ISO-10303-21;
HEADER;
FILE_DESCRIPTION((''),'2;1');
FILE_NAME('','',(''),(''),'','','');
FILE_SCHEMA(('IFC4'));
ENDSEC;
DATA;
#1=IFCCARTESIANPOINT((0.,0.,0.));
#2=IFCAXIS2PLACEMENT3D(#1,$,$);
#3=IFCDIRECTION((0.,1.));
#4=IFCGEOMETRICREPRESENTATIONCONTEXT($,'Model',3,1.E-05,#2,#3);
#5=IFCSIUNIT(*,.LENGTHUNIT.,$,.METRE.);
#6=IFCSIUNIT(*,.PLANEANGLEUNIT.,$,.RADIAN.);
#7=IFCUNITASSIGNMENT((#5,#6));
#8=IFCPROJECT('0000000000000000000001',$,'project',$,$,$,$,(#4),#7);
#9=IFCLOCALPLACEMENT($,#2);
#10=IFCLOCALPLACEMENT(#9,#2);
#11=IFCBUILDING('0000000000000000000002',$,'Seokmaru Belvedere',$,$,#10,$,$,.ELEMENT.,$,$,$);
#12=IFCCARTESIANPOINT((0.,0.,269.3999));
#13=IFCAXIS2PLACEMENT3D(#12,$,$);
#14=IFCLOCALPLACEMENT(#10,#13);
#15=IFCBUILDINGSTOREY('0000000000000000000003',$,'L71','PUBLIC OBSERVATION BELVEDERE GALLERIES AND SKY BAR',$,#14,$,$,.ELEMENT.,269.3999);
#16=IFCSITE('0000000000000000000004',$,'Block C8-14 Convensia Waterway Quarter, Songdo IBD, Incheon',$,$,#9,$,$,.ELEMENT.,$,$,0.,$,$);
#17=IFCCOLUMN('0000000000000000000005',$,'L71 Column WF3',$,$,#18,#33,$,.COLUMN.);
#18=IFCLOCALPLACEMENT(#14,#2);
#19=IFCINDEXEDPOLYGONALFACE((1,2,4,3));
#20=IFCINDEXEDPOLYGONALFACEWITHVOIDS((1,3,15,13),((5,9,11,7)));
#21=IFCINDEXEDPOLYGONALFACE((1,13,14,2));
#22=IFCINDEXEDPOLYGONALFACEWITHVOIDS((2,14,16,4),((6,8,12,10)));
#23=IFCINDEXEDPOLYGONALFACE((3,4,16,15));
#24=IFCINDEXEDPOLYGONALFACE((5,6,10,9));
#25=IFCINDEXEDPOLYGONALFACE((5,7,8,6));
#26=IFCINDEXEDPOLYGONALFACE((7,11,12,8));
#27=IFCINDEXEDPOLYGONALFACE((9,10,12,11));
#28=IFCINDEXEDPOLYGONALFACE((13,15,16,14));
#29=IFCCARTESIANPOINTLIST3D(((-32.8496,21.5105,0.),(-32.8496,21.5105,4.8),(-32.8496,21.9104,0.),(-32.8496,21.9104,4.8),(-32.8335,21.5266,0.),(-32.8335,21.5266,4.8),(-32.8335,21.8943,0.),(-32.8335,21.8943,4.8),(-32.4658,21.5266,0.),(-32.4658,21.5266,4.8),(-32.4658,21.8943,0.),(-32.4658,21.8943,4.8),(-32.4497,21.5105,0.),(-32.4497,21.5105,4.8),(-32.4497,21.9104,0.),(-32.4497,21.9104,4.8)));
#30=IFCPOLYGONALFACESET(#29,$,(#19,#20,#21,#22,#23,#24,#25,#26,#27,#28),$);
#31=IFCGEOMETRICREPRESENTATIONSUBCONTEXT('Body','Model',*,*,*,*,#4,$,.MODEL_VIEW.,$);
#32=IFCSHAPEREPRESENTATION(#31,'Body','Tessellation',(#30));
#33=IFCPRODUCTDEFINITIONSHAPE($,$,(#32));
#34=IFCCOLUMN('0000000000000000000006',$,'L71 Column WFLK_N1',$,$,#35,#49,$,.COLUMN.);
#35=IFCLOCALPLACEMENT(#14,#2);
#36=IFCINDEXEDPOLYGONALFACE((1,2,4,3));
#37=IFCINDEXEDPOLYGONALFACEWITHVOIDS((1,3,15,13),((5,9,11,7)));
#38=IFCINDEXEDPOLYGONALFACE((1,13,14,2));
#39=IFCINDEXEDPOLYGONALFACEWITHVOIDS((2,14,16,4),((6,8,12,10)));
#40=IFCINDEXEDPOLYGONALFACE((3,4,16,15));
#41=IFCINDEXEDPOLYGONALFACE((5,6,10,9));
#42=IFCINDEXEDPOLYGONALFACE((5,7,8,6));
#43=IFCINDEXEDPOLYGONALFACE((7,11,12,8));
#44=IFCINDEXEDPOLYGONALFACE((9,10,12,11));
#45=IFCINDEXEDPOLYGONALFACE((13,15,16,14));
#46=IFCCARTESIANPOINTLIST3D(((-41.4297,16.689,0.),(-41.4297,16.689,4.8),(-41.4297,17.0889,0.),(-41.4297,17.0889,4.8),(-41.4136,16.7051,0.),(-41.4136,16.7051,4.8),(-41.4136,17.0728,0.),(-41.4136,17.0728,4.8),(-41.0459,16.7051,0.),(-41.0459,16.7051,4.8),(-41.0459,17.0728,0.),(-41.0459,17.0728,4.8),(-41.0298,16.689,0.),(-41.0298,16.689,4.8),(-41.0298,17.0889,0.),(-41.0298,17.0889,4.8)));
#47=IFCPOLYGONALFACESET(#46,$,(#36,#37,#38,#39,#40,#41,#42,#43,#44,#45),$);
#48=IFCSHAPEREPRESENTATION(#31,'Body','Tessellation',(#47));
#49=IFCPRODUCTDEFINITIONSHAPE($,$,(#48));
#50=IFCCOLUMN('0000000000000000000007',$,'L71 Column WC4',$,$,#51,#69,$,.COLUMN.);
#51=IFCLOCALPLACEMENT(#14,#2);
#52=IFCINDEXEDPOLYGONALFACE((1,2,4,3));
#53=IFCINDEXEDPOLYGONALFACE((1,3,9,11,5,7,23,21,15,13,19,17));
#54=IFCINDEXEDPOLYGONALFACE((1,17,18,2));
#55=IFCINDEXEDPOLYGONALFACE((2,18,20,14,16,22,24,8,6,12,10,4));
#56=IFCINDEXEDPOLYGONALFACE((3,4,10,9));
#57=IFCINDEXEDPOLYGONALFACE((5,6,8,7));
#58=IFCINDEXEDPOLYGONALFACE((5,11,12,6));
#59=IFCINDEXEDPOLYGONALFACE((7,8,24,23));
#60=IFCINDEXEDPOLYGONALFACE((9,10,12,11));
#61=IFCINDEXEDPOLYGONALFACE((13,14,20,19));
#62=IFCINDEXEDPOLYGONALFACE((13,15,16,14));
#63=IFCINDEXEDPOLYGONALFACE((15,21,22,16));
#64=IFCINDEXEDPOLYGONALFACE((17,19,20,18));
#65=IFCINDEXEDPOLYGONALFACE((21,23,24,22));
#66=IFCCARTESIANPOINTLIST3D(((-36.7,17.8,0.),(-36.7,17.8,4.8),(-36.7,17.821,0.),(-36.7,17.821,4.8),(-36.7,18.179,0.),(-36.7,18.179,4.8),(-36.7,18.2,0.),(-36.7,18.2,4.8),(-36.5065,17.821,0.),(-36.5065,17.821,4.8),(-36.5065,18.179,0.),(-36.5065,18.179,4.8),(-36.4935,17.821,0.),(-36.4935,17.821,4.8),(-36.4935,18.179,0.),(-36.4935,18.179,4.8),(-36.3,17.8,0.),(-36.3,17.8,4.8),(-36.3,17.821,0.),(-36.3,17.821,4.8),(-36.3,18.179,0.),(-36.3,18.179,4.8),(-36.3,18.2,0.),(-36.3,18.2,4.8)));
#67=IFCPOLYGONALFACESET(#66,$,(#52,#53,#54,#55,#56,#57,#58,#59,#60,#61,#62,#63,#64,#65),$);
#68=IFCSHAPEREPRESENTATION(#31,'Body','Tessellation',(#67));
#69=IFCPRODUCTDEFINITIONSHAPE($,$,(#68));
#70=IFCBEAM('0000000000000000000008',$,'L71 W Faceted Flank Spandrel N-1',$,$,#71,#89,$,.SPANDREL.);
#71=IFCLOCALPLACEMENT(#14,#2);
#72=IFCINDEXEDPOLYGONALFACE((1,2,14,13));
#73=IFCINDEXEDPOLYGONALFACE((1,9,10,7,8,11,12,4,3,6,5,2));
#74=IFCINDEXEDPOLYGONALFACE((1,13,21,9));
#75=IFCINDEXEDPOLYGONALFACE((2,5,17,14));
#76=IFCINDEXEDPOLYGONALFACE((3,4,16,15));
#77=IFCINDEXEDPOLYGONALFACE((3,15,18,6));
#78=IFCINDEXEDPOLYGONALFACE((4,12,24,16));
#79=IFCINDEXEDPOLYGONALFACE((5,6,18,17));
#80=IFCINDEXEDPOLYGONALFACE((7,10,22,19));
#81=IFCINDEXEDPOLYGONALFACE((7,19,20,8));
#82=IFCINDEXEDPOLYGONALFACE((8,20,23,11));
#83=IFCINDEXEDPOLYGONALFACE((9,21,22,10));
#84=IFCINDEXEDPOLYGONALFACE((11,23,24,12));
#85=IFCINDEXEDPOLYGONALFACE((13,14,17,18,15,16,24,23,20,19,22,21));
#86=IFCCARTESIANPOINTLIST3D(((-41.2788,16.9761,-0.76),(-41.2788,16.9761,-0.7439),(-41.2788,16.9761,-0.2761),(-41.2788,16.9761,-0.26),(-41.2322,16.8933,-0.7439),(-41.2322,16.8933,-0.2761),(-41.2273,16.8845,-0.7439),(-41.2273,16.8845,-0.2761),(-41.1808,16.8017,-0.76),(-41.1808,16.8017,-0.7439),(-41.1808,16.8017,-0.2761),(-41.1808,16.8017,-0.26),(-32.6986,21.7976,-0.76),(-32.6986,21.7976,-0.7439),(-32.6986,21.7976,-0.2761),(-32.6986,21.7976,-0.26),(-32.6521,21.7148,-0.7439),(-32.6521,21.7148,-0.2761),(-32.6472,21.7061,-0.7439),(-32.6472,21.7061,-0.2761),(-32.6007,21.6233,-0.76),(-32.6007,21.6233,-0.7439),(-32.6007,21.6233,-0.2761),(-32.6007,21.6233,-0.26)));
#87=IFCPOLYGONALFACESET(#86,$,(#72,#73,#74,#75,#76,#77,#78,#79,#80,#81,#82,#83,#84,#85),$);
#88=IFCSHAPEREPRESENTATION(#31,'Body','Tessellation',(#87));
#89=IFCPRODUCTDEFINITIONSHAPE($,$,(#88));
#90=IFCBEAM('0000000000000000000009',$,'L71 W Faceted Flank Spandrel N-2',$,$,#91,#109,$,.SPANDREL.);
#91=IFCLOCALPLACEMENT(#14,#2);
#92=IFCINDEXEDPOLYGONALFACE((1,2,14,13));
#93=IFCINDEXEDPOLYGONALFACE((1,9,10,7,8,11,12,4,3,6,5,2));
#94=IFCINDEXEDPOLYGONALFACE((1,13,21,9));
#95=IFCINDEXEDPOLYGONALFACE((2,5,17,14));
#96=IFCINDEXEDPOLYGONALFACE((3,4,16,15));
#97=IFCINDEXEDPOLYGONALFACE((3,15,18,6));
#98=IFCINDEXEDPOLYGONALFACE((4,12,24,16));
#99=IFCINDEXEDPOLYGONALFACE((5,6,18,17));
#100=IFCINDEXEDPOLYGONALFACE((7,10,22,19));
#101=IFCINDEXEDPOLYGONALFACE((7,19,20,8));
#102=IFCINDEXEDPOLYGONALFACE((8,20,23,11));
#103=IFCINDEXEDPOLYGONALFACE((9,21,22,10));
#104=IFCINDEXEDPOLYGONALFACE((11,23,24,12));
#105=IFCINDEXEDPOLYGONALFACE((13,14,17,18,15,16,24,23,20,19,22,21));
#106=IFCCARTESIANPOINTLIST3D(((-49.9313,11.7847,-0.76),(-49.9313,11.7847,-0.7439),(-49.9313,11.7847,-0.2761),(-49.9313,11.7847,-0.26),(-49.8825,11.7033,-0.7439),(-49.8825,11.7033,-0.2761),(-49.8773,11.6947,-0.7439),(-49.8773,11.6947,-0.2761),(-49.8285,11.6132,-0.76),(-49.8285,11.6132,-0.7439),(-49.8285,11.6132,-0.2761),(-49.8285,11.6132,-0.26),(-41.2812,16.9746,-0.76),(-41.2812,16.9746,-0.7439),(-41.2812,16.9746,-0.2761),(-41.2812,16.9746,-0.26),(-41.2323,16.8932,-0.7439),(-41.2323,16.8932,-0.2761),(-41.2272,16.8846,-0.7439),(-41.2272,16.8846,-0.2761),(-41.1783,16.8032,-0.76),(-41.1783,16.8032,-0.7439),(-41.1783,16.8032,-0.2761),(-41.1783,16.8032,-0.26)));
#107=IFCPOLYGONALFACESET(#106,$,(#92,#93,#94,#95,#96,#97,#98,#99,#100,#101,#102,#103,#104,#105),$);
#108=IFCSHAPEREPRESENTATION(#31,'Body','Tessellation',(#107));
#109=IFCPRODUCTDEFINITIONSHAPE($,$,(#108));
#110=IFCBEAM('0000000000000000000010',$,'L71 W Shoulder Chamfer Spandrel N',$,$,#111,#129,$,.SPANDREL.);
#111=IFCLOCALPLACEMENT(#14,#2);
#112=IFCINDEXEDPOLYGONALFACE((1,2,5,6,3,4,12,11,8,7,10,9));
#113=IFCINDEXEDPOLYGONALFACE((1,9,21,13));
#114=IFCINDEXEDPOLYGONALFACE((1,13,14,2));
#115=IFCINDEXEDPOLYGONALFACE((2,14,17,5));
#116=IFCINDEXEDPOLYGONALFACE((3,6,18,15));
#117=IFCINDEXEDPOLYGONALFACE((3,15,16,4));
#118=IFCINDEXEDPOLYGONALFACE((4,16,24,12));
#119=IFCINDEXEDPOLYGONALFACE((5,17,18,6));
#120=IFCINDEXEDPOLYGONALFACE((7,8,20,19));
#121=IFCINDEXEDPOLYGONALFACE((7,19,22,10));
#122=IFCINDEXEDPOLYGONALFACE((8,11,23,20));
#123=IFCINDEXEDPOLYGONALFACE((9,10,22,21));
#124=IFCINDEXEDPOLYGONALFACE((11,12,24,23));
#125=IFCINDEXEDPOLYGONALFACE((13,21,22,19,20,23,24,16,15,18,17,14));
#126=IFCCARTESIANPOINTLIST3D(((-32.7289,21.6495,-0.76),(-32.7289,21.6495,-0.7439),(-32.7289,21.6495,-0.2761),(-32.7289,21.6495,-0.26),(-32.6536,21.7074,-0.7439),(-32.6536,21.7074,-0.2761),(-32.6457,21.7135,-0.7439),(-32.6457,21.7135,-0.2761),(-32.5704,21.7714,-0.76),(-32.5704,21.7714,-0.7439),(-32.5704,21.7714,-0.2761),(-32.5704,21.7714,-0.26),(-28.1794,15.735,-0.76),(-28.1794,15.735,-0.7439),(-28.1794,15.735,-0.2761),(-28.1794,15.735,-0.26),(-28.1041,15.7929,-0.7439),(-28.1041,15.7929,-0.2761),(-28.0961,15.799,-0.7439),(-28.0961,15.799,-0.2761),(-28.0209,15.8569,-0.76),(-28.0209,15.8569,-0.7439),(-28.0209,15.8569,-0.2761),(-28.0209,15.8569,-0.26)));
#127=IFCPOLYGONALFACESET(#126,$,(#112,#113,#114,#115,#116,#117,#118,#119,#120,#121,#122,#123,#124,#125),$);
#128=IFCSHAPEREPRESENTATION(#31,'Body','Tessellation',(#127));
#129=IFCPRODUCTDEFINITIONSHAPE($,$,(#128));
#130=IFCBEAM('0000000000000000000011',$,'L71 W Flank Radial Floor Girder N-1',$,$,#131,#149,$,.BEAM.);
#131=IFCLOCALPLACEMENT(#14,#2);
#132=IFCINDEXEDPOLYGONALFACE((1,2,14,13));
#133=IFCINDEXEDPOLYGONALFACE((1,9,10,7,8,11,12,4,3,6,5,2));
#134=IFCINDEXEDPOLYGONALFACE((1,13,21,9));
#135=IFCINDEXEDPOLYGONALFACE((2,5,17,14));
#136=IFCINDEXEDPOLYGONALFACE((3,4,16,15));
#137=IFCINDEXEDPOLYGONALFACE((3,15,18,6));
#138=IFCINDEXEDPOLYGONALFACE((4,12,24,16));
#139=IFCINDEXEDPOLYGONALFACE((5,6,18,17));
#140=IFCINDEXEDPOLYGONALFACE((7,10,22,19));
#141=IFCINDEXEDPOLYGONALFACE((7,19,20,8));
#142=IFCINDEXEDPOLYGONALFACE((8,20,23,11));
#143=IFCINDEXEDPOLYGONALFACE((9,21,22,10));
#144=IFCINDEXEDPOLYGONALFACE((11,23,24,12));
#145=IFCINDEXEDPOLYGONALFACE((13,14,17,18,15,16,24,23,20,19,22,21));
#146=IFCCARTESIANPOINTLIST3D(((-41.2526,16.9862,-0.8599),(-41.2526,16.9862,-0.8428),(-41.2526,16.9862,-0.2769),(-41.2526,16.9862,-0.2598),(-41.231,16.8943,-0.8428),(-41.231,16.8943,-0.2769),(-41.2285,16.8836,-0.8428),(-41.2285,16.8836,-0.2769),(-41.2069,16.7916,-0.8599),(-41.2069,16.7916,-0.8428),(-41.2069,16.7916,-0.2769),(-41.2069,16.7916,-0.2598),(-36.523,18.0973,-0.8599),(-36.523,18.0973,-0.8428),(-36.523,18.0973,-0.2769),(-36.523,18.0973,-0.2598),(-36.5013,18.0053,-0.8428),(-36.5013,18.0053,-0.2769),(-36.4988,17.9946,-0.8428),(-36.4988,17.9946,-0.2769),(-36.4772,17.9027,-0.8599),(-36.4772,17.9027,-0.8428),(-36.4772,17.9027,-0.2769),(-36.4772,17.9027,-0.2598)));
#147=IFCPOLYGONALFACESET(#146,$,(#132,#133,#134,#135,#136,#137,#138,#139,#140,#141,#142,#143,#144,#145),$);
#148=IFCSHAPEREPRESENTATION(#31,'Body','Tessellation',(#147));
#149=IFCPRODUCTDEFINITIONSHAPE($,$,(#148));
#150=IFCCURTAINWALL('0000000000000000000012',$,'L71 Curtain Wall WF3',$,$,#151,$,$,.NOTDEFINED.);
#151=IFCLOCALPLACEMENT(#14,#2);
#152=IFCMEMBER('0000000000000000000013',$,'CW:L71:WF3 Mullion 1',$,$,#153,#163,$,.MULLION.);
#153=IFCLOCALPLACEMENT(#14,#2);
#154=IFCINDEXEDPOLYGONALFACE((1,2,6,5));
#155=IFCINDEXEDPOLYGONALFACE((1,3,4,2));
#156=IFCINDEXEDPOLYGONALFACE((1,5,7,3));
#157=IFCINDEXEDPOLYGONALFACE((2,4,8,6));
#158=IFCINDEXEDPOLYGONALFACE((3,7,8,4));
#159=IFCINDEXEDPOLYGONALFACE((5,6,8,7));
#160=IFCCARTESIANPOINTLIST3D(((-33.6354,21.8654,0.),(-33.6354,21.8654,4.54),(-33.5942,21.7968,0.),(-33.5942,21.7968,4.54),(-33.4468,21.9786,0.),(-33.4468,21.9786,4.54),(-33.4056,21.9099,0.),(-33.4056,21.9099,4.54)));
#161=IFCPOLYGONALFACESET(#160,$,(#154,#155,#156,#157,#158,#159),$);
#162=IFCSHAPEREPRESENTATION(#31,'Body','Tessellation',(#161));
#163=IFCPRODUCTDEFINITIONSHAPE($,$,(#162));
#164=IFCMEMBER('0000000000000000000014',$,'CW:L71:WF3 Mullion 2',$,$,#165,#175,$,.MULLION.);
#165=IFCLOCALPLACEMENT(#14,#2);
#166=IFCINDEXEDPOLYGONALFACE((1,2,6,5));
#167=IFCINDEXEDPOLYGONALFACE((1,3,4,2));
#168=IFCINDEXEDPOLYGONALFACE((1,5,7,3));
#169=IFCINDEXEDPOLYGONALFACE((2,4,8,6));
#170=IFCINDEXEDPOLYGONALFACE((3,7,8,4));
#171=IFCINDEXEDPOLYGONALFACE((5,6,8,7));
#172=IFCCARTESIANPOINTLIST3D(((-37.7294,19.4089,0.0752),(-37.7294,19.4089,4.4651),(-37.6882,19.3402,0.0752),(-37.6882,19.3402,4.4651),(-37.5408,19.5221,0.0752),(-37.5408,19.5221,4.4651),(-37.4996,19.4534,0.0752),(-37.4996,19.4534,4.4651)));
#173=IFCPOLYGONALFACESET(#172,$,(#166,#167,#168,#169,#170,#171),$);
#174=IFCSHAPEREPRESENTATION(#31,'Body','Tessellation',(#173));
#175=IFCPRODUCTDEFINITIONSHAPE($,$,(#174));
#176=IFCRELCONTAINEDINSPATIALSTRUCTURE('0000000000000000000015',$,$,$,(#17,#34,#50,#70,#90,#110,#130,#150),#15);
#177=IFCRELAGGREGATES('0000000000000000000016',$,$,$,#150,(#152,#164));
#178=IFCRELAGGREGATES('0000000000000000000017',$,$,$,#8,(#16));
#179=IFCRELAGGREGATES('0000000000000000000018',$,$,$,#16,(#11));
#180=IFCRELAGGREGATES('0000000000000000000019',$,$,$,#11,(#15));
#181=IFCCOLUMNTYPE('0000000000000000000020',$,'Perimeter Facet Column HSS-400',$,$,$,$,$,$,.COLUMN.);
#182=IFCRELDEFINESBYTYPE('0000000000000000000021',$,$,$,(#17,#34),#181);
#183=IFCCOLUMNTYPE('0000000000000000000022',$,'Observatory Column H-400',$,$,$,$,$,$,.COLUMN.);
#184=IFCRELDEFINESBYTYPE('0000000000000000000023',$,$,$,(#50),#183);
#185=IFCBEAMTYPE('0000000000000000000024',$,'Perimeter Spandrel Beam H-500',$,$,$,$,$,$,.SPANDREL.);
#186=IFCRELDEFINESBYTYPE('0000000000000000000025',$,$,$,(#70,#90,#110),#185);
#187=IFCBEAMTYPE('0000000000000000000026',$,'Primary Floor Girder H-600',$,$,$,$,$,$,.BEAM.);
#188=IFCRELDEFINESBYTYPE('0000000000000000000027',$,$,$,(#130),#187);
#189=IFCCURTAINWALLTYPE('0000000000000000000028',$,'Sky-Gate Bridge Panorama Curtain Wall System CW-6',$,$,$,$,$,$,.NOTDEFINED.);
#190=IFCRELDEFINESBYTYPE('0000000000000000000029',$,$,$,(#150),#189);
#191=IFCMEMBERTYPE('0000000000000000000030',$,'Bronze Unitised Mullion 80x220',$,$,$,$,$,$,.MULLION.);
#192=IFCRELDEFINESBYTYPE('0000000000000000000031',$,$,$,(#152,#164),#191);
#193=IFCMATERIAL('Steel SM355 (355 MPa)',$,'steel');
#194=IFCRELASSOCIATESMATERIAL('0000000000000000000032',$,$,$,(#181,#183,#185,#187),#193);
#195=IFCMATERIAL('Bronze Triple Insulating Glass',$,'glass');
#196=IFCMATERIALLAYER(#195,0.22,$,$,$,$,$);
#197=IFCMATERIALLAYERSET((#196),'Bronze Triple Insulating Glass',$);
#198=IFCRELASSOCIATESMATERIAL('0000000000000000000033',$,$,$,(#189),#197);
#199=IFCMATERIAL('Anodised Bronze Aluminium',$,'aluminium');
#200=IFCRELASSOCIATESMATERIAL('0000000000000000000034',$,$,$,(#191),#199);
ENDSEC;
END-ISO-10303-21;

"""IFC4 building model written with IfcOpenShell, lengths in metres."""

from ifc_helpers import new_model, si_unit, direction, frame, origin, origin_2d, place, context, subcontext, project, spatial, rectangle, hollow_rectangle, i_section, extrude, source, transform, mapped, material, layer, layer_set, material_profile, profile_set, type_object, type_shapes, element, aggregate, save


model = new_model("IFC4")

# Units and contexts
model_context = context("Model", 3, precision=1e-05, world=origin(), true_north=direction((0.0, 1.0)))
body_context = subcontext(model_context, "Body", "Model", "MODEL_VIEW")
ifc_project = project(units=[si_unit("LENGTHUNIT", "METRE"), si_unit("PLANEANGLEUNIT", "RADIAN")], contexts=[model_context])

# Site, building, storey
site_placement = place(None, origin())
site = spatial("IfcSite", under=ifc_project, at=site_placement, Name="Block C8-14 Convensia Waterway Quarter, Songdo IBD, Incheon", CompositionType="ELEMENT", RefElevation=0.0)
building_placement = place(site_placement, origin())
building = spatial("IfcBuilding", under=site, at=building_placement, Name="Seokmaru Belvedere", CompositionType="ELEMENT")
storey_placement = place(building_placement, frame((0.0, 0.0, 269.3999)))
storey = spatial("IfcBuildingStorey", under=building, at=storey_placement, Name="L71", Description="PUBLIC OBSERVATION BELVEDERE GALLERIES AND SKY BAR", CompositionType="ELEMENT", Elevation=269.3999)

# Columns
ifc_material_1 = material(Name="Steel SM355 (355 MPa)", Category="steel")
ifc_material_profile_1 = material_profile(ifc_material_1, hollow_rectangle(XDim=0.3999, YDim=0.3999, WallThickness=0.0161, at=origin_2d()), Name="HSS-400x400x16")
ifc_profile_set_1 = profile_set([ifc_material_profile_1], Name="Steel SM355 (355 MPa)")
column_type_1 = type_object("IfcColumnType", Name="Perimeter Facet Column HSS-400", PredefinedType="COLUMN", material=ifc_profile_set_1)
shared_shape_1 = source(origin(), body_context, "Body", "SweptSolid", [
    extrude(hollow_rectangle(XDim=0.3999, YDim=0.3999, WallThickness=0.0161, at=origin_2d()), origin(), (0.0, 0.0, 1.0), 4.8),
])
type_shapes(column_type_1, [shared_shape_1])
for number, where, z_axis, x_axis, name in (
    (1, (-32.6497, 21.7104, 0.0), (0.0, 0.0, 1.0), (1.0, 0.0, 0.0), "L71 Column WF3"),
    (2, (-41.2297, 16.8889, 0.0), (0.0, 0.0, 1.0), (1.0, 0.0, 0.0), "L71 Column WFLK_N1"),
):
    element("IfcColumn", number, at=place(storey_placement, frame(where, z_axis=z_axis, x_axis=x_axis)), inside=storey, type_object=column_type_1, Name=name, PredefinedType="COLUMN", context=body_context, shape_type="MappedRepresentation", body=[
        mapped(shared_shape_1, transform((0.0, 0.0, 0.0), scale=1.0)),
    ])
ifc_material_profile_2 = material_profile(ifc_material_1, i_section(OverallWidth=0.3999, OverallDepth=0.3999, WebThickness=0.0129, FlangeThickness=0.021, at=origin_2d()), Name="H-400x400x13x21")
ifc_profile_set_2 = profile_set([ifc_material_profile_2], Name="Steel SM355 (355 MPa)")
column_type_2 = type_object("IfcColumnType", Name="Observatory Column H-400", PredefinedType="COLUMN", material=ifc_profile_set_2)
shared_shape_2 = source(origin(), body_context, "Body", "SweptSolid", [
    extrude(i_section(OverallWidth=0.3999, OverallDepth=0.3999, WebThickness=0.0129, FlangeThickness=0.021, at=origin_2d()), origin(), (0.0, 0.0, 1.0), 4.8),
])
type_shapes(column_type_2, [shared_shape_2])
column_placement = place(storey_placement, frame((-36.5, 18.0, 0.0), z_axis=(0.0, 0.0, 1.0), x_axis=(1.0, 0.0, 0.0)))
element("IfcColumn", 3, at=column_placement, inside=storey, type_object=column_type_2, Name="L71 Column WC4", PredefinedType="COLUMN", context=body_context, shape_type="MappedRepresentation", body=[
    mapped(shared_shape_2, transform((0.0, 0.0, 0.0), scale=1.0)),
])

# Beams
ifc_material_profile_3 = material_profile(ifc_material_1, i_section(OverallWidth=0.2, OverallDepth=0.5, WebThickness=0.01, FlangeThickness=0.0161, at=origin_2d()), Name="H-500x200x10x16")
ifc_profile_set_3 = profile_set([ifc_material_profile_3], Name="Steel SM355 (355 MPa)")
beam_type_1 = type_object("IfcBeamType", Name="Perimeter Spandrel Beam H-500", PredefinedType="SPANDREL", material=ifc_profile_set_3)
shared_shape_3 = source(origin(), body_context, "Body", "SweptSolid", [
    extrude(i_section(OverallWidth=0.2, OverallDepth=0.5, WebThickness=0.01, FlangeThickness=0.0161, at=origin_2d()), origin(), (0.0, 0.0, 1.0), 9.842),
])
beam_1_placement = place(storey_placement, frame((-32.6497, 21.7104, -0.51), z_axis=(-0.871782, -0.489894, 0.0), x_axis=(0.489894, -0.871782, 0.0)))
element("IfcBeam", 4, at=beam_1_placement, inside=storey, type_object=beam_type_1, Name="L71 W Faceted Flank Spandrel N-1", PredefinedType="SPANDREL", context=body_context, shape_type="MappedRepresentation", body=[
    mapped(shared_shape_3, transform((0.0, 0.0, 0.0), scale=1.0)),
])
shared_shape_4 = source(origin(), body_context, "Body", "SweptSolid", [
    extrude(i_section(OverallWidth=0.2, OverallDepth=0.5, WebThickness=0.01, FlangeThickness=0.0161, at=origin_2d()), origin(), (0.0, 0.0, 1.0), 10.0876),
])
beam_2_placement = place(storey_placement, frame((-41.2297, 16.8889, -0.51), z_axis=(-0.857499, -0.514485, 0.0), x_axis=(0.514485, -0.857499, 0.0)))
element("IfcBeam", 5, at=beam_2_placement, inside=storey, type_object=beam_type_1, Name="L71 W Faceted Flank Spandrel N-2", PredefinedType="SPANDREL", context=body_context, shape_type="MappedRepresentation", body=[
    mapped(shared_shape_4, transform((0.0, 0.0, 0.0), scale=1.0)),
])
shared_shape_5 = source(origin(), body_context, "Body", "SweptSolid", [
    extrude(i_section(OverallWidth=0.2, OverallDepth=0.5, WebThickness=0.01, FlangeThickness=0.0161, at=origin_2d()), origin(), (0.0, 0.0, 1.0), 7.4619),
])
type_shapes(beam_type_1, [shared_shape_3, shared_shape_4, shared_shape_5])
beam_3_placement = place(storey_placement, frame((-32.6497, 21.7104, -0.51), z_axis=(0.609703, -0.79263, 0.0), x_axis=(0.79263, 0.609703, 0.0)))
element("IfcBeam", 6, at=beam_3_placement, inside=storey, type_object=beam_type_1, Name="L71 W Shoulder Chamfer Spandrel N", PredefinedType="SPANDREL", context=body_context, shape_type="MappedRepresentation", body=[
    mapped(shared_shape_5, transform((0.0, 0.0, 0.0), scale=1.0)),
])
ifc_material_profile_4 = material_profile(ifc_material_1, i_section(OverallWidth=0.2, OverallDepth=0.6001, WebThickness=0.011, FlangeThickness=0.0171, at=origin_2d()), Name="H-600x200x11x17")
ifc_profile_set_4 = profile_set([ifc_material_profile_4], Name="Steel SM355 (355 MPa)")
beam_type_2 = type_object("IfcBeamType", Name="Primary Floor Girder H-600", PredefinedType="BEAM", material=ifc_profile_set_4)
shared_shape_6 = source(origin(), body_context, "Body", "SweptSolid", [
    extrude(i_section(OverallWidth=0.2, OverallDepth=0.6001, WebThickness=0.011, FlangeThickness=0.0171, at=origin_2d()), origin(), (0.0, 0.0, 1.0), 4.8584),
])
type_shapes(beam_type_2, [shared_shape_6])
beam_4_placement = place(storey_placement, frame((-41.2297, 16.8889, -0.5598), z_axis=(0.973499, 0.228689, 0.0), x_axis=(-0.228689, 0.973499, 0.0)))
element("IfcBeam", 7, at=beam_4_placement, inside=storey, type_object=beam_type_2, Name="L71 W Flank Radial Floor Girder N-1", PredefinedType="BEAM", context=body_context, shape_type="MappedRepresentation", body=[
    mapped(shared_shape_6, transform((0.0, 0.0, 0.0), scale=1.0)),
])

# Curtain wall, members
ifc_material_2 = material(Name="Bronze Triple Insulating Glass", Category="glass")
ifc_layer_1 = layer(ifc_material_2, 0.22)
ifc_layer_set_1 = layer_set([ifc_layer_1], Name="Bronze Triple Insulating Glass")
curtain_wall_type = type_object("IfcCurtainWallType", Name="Sky-Gate Bridge Panorama Curtain Wall System CW-6", PredefinedType="NOTDEFINED", material=ifc_layer_set_1)
curtain_wall_placement = place(storey_placement, origin())
curtain_wall = element("IfcCurtainWall", 8, at=curtain_wall_placement, inside=storey, type_object=curtain_wall_type, Name="L71 Curtain Wall WF3", PredefinedType="NOTDEFINED")
ifc_material_3 = material(Name="Anodised Bronze Aluminium", Category="aluminium")
ifc_material_profile_5 = material_profile(ifc_material_3, rectangle(XDim=0.0801, YDim=0.22, at=origin_2d()), Name="CW-M-80x220")
ifc_profile_set_5 = profile_set([ifc_material_profile_5], Name="Anodised Bronze Aluminium")
member_type_1 = type_object("IfcMemberType", Name="Bronze Unitised Mullion 80x220", PredefinedType="MULLION", material=ifc_profile_set_5)
shared_shape_7 = source(origin(), body_context, "Body", "SweptSolid", [
    extrude(rectangle(XDim=0.0801, YDim=0.22, at=origin_2d()), origin(), (0.0, 0.0, 1.0), 4.54),
])
member_1_placement = place(storey_placement, frame((-33.5205, 21.8877, 0.0), z_axis=(0.0, 0.0, 1.0), x_axis=(0.514495, -0.857493, 0.0)))
member_1 = element("IfcMember", 9, at=member_1_placement, type_object=member_type_1, Name="CW:L71:WF3 Mullion 1", PredefinedType="MULLION", context=body_context, shape_type="MappedRepresentation", body=[
    mapped(shared_shape_7, transform((0.0, 0.0, 0.0), scale=1.0)),
])
shared_shape_8 = source(origin(), body_context, "Body", "SweptSolid", [
    extrude(rectangle(XDim=0.0801, YDim=0.22, at=origin_2d()), origin(), (0.0, 0.0, 1.0), 4.3899),
])
type_shapes(member_type_1, [shared_shape_7, shared_shape_8])
member_2_placement = place(storey_placement, frame((-37.6145, 19.4312, 0.0752), z_axis=(0.0, 0.0, 1.0), x_axis=(0.514495, -0.857493, 0.0)))
member_2 = element("IfcMember", 10, at=member_2_placement, type_object=member_type_1, Name="CW:L71:WF3 Mullion 2", PredefinedType="MULLION", context=body_context, shape_type="MappedRepresentation", body=[
    mapped(shared_shape_8, transform((0.0, 0.0, 0.0), scale=1.0)),
])
aggregate(curtain_wall, [member_1, member_2])

save(model, "model.ifc")
